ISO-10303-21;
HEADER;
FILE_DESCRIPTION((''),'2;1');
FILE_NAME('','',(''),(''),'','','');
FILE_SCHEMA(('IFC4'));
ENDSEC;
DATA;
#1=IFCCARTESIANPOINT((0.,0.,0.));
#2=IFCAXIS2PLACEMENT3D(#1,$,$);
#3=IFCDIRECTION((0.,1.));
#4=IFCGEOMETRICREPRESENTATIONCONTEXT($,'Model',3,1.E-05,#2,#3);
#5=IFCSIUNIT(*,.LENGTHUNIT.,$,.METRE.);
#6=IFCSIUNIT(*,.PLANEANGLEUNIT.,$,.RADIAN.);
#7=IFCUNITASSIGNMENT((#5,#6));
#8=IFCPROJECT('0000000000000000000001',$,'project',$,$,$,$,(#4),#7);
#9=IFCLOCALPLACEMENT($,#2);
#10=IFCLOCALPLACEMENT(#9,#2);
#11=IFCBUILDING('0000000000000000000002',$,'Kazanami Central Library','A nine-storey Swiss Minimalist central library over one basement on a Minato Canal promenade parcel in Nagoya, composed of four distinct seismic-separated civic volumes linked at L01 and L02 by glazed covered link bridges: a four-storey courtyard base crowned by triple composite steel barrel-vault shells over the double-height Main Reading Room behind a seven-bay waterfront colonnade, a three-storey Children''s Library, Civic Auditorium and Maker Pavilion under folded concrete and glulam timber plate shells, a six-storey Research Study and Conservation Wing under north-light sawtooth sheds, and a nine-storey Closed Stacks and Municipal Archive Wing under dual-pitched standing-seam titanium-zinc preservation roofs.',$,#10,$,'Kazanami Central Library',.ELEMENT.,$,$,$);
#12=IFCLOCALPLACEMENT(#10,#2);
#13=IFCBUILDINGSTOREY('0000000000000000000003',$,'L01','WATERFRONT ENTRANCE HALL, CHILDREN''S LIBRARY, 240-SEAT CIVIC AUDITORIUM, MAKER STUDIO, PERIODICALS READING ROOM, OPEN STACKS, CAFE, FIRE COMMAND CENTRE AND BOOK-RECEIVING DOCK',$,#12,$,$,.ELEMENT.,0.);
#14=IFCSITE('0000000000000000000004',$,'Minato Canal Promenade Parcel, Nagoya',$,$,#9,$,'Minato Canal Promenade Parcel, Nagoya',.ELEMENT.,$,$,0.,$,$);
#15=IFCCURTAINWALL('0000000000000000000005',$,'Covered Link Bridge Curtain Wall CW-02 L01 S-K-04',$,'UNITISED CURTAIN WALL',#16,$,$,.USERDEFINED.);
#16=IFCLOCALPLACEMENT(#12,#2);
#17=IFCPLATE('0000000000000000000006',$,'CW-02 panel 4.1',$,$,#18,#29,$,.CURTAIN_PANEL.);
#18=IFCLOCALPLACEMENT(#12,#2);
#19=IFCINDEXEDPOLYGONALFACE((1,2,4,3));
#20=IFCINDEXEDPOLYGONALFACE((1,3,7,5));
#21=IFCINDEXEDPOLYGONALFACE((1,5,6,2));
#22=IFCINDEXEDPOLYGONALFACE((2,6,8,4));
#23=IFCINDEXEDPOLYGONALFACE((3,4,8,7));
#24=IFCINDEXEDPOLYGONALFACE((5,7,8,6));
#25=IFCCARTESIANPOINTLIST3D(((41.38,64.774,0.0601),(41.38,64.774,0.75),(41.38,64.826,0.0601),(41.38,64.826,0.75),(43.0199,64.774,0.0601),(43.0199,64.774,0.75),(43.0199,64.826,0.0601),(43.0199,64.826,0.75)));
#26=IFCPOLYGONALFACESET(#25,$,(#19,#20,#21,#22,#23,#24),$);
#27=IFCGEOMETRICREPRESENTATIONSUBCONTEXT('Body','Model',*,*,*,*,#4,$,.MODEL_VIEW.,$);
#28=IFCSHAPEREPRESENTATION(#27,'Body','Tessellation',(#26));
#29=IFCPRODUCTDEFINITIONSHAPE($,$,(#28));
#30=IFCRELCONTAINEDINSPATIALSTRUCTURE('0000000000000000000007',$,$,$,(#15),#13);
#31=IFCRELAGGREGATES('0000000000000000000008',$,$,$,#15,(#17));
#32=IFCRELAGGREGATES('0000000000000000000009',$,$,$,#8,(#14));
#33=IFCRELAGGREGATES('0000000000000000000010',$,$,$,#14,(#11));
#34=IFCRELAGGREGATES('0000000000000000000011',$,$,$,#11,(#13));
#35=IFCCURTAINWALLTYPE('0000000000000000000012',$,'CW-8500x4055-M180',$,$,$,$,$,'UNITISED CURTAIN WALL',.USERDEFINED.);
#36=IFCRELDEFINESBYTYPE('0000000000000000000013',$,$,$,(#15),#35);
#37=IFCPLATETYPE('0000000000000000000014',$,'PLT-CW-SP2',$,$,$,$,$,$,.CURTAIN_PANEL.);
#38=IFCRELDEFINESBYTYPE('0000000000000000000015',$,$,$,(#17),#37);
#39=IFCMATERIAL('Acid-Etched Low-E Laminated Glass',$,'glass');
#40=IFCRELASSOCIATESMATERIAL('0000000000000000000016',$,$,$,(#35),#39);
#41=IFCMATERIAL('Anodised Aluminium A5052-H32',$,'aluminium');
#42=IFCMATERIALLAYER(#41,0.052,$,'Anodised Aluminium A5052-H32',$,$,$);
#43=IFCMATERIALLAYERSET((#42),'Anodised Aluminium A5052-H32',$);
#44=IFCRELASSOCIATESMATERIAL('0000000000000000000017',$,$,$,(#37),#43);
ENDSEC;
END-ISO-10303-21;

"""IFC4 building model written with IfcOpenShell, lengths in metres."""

from ifc_helpers import new_model, si_unit, direction, frame, origin, origin_2d, place, context, subcontext, project, spatial, rectangle, extrude, material, layer, layer_set, type_object, element, aggregate, save


model = new_model("IFC4")

# Units and contexts
model_context = context("Model", 3, precision=1e-05, world=origin(), true_north=direction((0.0, 1.0)))
body_context = subcontext(model_context, "Body", "Model", "MODEL_VIEW")
ifc_project = project(units=[si_unit("LENGTHUNIT", "METRE"), si_unit("PLANEANGLEUNIT", "RADIAN")], contexts=[model_context])

# Site, building, storey
site_placement = place(None, origin())
site = spatial("IfcSite", under=ifc_project, at=site_placement, Name="Minato Canal Promenade Parcel, Nagoya", LongName="Minato Canal Promenade Parcel, Nagoya", CompositionType="ELEMENT", RefElevation=0.0)
building_placement = place(site_placement, origin())
building = spatial("IfcBuilding", under=site, at=building_placement, Name="Kazanami Central Library", Description="A nine-storey Swiss Minimalist central library over one basement on a Minato Canal promenade parcel in Nagoya, composed of four distinct seismic-separated civic volumes linked at L01 and L02 by glazed covered link bridges: a four-storey courtyard base crowned by triple composite steel barrel-vault shells over the double-height Main Reading Room behind a seven-bay waterfront colonnade, a three-storey Children's Library, Civic Auditorium and Maker Pavilion under folded concrete and glulam timber plate shells, a six-storey Research Study and Conservation Wing under north-light sawtooth sheds, and a nine-storey Closed Stacks and Municipal Archive Wing under dual-pitched standing-seam titanium-zinc preservation roofs.", LongName="Kazanami Central Library", CompositionType="ELEMENT")
storey_placement = place(building_placement, origin())
storey = spatial("IfcBuildingStorey", under=building, at=storey_placement, Name="L01", Description="WATERFRONT ENTRANCE HALL, CHILDREN'S LIBRARY, 240-SEAT CIVIC AUDITORIUM, MAKER STUDIO, PERIODICALS READING ROOM, OPEN STACKS, CAFE, FIRE COMMAND CENTRE AND BOOK-RECEIVING DOCK", CompositionType="ELEMENT", Elevation=0.0)

# Curtain wall
ifc_material_1 = material(Name="Acid-Etched Low-E Laminated Glass", Category="glass")
curtain_wall_type_1 = type_object("IfcCurtainWallType", Name="CW-8500x4055-M180", ElementType="UNITISED CURTAIN WALL", PredefinedType="USERDEFINED", material=ifc_material_1)
curtain_wall_1_placement = place(storey_placement, origin())
curtain_wall_1 = element("IfcCurtainWall", 1, at=curtain_wall_1_placement, inside=storey, type_object=curtain_wall_type_1, Name="Covered Link Bridge Curtain Wall CW-02 L01 S-K-04", ObjectType="UNITISED CURTAIN WALL", PredefinedType="USERDEFINED")

# Plate
ifc_material_2 = material(Name="Anodised Aluminium A5052-H32", Category="aluminium")
ifc_layer_1 = layer(ifc_material_2, 0.052, Name="Anodised Aluminium A5052-H32")
ifc_layer_set_1 = layer_set([ifc_layer_1], Name="Anodised Aluminium A5052-H32")
plate_type_1 = type_object("IfcPlateType", Name="PLT-CW-SP2", PredefinedType="CURTAIN_PANEL", material=ifc_layer_set_1)
plate_1_placement = place(storey_placement, frame((42.2, 64.8, 0.0601), z_axis=(0.0, 0.0, 1.0), x_axis=(1.0, 0.0, 0.0)))
plate_1 = element("IfcPlate", 2, at=plate_1_placement, type_object=plate_type_1, Name="CW-02 panel 4.1", PredefinedType="CURTAIN_PANEL", context=body_context, shape_type="SweptSolid", body=[
    extrude(rectangle(XDim=1.6399, YDim=0.052, at=origin_2d()), origin(), (0.0, 0.0, 1.0), 0.6899),
])
aggregate(curtain_wall_1, [plate_1])

save(model, "model.ifc")
